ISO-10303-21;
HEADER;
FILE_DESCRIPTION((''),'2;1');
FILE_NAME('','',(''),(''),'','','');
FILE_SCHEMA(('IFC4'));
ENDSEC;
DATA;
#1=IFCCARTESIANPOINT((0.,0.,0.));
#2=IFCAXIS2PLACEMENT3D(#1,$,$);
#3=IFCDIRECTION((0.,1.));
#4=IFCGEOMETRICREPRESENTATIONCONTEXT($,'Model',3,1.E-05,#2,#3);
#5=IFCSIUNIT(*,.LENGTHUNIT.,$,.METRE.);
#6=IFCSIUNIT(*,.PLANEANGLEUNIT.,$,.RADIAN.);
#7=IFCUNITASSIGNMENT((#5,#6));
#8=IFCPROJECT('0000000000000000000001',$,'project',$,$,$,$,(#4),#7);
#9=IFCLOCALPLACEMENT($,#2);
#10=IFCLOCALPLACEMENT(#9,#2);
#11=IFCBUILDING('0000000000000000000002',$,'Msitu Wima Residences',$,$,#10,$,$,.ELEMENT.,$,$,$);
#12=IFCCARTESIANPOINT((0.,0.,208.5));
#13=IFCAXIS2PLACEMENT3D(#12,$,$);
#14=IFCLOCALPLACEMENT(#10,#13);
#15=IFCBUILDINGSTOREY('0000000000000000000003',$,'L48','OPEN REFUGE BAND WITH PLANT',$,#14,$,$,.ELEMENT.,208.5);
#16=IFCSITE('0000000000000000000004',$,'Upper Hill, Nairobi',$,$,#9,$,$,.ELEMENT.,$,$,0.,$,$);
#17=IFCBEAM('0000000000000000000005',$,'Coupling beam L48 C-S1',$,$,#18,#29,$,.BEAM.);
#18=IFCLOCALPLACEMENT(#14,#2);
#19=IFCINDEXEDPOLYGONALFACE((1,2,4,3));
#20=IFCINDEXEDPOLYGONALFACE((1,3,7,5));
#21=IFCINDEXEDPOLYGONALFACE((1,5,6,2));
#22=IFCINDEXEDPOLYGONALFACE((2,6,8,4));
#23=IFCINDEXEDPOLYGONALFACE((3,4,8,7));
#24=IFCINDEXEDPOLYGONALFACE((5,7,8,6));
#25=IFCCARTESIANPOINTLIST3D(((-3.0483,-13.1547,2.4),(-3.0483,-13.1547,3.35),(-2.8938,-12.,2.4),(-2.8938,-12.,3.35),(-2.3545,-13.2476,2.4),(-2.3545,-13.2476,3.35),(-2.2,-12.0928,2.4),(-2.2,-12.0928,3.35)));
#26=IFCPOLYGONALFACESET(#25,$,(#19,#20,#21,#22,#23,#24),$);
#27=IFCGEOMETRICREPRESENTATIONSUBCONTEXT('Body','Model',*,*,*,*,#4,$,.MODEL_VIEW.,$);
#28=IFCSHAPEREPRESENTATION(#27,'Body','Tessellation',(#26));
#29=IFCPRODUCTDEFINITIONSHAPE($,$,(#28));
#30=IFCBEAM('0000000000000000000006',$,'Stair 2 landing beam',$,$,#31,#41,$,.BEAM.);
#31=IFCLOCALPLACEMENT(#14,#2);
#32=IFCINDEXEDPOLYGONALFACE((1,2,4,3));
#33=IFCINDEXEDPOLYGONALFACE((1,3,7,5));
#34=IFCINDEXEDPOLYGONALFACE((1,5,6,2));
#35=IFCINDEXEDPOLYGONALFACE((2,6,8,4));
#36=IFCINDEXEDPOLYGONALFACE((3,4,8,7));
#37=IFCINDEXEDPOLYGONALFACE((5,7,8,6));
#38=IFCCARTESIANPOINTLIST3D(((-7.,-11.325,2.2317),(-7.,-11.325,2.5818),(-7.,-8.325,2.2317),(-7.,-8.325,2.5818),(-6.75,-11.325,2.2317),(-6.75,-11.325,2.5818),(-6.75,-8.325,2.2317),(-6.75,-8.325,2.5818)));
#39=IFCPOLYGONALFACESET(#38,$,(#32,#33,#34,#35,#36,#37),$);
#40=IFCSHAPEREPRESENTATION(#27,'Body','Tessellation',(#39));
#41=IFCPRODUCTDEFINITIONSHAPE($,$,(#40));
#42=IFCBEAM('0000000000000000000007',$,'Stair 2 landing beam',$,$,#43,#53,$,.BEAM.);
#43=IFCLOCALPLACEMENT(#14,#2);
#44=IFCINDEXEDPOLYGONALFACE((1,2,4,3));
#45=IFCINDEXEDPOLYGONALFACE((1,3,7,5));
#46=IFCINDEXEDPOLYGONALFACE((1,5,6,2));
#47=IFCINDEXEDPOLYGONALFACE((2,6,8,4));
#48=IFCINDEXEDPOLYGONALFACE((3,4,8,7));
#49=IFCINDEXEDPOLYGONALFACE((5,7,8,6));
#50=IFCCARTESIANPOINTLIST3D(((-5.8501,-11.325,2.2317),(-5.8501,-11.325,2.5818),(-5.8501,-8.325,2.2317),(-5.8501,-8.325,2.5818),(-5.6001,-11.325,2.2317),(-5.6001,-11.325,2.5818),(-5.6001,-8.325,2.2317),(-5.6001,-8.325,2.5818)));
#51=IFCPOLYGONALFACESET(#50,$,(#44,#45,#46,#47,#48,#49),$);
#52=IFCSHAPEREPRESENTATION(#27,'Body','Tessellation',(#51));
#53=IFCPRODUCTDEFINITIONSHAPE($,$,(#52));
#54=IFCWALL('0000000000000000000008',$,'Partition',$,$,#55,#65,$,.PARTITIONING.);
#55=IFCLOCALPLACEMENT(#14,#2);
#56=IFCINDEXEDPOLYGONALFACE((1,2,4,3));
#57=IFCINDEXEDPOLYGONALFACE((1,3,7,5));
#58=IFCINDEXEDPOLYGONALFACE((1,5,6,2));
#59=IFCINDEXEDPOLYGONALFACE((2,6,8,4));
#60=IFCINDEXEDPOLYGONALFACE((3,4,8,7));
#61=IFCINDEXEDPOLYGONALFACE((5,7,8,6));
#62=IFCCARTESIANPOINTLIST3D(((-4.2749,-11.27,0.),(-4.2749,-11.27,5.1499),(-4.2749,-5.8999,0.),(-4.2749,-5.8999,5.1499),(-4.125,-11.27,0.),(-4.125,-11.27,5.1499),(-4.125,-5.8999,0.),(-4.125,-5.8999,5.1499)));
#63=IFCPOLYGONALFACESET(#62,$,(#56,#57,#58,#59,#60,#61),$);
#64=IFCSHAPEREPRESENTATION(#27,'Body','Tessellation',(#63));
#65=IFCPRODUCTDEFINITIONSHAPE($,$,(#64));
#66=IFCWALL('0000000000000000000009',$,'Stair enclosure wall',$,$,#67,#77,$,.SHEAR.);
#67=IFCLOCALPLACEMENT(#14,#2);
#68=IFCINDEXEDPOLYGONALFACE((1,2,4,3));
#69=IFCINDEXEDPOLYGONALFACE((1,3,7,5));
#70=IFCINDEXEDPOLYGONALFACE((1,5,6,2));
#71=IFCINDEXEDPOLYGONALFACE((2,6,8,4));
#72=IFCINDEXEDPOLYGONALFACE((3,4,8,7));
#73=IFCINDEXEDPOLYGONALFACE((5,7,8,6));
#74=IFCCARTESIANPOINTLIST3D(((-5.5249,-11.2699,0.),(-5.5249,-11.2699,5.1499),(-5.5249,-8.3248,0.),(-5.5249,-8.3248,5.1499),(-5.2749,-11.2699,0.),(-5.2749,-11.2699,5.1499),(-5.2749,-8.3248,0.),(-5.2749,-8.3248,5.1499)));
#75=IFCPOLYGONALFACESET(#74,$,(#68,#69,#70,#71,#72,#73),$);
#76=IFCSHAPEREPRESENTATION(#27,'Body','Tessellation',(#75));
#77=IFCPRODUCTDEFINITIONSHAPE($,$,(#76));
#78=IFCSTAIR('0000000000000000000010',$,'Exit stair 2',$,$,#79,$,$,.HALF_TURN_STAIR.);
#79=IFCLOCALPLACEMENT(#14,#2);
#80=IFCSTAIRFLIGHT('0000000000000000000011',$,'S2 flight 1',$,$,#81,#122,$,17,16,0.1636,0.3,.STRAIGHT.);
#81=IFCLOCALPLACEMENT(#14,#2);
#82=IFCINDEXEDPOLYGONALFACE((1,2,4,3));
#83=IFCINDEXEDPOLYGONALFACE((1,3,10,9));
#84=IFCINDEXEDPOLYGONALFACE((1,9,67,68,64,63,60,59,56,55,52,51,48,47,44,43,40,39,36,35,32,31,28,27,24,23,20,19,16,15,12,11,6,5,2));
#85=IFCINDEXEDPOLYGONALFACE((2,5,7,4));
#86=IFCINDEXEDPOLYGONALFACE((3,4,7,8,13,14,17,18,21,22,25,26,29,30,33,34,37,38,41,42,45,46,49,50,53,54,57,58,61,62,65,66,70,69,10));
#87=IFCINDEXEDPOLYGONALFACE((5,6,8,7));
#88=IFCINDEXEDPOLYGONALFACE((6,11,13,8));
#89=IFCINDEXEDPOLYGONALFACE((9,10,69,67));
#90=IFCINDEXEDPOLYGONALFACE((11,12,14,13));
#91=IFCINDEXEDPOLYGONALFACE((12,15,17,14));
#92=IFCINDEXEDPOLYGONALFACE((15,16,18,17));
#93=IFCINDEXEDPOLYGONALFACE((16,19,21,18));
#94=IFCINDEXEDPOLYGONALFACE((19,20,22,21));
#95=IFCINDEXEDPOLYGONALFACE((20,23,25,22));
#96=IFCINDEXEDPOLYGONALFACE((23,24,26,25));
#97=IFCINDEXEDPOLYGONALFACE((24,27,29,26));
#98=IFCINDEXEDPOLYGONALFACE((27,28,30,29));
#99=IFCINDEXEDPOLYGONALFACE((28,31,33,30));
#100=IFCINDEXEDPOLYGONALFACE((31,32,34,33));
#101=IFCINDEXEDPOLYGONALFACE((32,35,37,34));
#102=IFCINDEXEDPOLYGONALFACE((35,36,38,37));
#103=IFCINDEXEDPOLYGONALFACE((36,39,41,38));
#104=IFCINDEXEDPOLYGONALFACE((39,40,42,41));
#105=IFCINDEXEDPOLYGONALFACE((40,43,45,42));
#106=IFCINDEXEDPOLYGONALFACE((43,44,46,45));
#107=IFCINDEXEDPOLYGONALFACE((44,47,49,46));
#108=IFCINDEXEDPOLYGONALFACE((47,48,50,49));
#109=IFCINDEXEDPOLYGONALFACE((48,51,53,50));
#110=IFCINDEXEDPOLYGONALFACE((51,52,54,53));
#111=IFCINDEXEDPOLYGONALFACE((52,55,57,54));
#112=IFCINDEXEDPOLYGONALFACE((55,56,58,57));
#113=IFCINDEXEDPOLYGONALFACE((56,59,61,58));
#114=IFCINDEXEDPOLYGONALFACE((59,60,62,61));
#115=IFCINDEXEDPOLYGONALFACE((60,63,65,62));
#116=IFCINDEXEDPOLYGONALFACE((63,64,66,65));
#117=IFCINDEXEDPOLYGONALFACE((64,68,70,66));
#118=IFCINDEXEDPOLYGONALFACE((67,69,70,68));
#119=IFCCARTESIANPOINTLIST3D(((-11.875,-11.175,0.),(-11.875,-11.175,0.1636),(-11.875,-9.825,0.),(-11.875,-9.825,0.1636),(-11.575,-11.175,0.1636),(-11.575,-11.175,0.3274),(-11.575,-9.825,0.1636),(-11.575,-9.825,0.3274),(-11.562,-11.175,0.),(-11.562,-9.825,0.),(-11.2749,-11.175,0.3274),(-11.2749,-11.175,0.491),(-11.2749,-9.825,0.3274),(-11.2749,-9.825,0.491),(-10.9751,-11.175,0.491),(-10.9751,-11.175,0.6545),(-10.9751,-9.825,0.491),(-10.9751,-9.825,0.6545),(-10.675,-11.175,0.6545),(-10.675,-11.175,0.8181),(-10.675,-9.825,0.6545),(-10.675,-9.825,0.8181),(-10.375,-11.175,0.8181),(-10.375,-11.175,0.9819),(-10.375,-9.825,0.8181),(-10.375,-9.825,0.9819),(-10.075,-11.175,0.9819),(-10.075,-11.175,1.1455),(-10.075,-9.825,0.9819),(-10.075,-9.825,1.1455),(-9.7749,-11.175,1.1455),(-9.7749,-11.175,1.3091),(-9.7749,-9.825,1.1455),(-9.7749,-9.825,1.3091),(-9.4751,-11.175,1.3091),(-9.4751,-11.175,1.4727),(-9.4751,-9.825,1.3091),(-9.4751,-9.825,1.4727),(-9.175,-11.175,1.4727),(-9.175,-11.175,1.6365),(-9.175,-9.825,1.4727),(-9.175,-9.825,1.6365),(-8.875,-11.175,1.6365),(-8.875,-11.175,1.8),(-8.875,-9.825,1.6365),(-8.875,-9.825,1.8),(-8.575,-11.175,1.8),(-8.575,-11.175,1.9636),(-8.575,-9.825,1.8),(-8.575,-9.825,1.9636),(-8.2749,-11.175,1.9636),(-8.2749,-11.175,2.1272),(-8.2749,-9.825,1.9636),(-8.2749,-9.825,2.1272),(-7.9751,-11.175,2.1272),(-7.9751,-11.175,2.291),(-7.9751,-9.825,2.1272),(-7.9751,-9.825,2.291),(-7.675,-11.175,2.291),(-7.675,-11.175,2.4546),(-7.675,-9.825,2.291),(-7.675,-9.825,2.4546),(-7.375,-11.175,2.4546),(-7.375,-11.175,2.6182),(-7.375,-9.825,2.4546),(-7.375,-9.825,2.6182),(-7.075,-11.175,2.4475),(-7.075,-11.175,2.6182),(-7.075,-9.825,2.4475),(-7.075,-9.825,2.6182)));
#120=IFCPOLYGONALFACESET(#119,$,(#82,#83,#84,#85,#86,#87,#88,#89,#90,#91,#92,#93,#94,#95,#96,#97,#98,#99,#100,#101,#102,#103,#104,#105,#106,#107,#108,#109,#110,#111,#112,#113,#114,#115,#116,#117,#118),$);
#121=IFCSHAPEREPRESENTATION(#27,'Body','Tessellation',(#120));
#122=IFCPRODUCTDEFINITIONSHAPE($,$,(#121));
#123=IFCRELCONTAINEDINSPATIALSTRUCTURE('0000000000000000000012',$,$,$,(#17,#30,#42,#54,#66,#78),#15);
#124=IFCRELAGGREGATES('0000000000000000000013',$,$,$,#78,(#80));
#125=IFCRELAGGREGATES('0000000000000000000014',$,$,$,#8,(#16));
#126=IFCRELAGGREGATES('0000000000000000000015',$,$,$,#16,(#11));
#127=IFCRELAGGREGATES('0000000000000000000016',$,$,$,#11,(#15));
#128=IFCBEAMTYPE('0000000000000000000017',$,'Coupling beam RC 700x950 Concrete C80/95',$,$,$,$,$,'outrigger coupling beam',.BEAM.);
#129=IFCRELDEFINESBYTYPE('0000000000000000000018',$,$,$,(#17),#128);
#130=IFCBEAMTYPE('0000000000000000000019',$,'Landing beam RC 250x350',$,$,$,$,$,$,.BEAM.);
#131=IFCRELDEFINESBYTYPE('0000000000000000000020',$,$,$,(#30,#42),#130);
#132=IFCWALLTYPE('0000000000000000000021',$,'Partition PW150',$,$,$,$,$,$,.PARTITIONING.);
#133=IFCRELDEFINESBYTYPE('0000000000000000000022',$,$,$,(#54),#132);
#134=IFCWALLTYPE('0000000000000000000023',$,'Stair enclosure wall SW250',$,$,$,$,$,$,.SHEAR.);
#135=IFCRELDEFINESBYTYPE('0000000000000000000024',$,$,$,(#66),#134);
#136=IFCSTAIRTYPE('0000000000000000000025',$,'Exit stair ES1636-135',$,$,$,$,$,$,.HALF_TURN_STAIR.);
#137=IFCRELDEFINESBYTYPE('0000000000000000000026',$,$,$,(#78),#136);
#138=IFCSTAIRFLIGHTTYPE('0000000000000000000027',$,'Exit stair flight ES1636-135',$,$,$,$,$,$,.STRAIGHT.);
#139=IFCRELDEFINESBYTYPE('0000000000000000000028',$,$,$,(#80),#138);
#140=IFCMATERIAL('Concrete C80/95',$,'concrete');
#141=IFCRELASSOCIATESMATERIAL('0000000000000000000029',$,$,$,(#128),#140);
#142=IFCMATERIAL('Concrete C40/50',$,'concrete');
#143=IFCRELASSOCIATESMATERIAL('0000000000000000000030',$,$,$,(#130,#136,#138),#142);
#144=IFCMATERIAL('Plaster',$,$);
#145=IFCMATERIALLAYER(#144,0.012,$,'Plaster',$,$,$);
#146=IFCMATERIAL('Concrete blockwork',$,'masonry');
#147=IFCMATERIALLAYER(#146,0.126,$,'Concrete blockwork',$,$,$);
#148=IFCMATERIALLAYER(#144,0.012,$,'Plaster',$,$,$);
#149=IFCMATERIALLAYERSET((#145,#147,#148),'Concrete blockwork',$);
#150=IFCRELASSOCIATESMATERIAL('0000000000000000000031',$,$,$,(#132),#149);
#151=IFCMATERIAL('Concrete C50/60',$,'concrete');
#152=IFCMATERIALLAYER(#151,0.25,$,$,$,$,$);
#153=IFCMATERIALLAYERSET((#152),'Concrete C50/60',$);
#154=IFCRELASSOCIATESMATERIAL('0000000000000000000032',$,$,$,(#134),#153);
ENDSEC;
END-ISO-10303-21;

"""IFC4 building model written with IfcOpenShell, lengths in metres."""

from ifc_helpers import new_model, si_unit, direction, frame, frame_2d, origin, origin_2d, place, context, subcontext, project, spatial, polyline, rectangle, outline, extrude, material, layer, layer_set, material_profile, profile_set, type_object, element, aggregate, save


model = new_model("IFC4")

# Units and contexts
model_context = context("Model", 3, precision=1e-05, world=origin(), true_north=direction((0.0, 1.0)))
body_context = subcontext(model_context, "Body", "Model", "MODEL_VIEW")
ifc_project = project(units=[si_unit("LENGTHUNIT", "METRE"), si_unit("PLANEANGLEUNIT", "RADIAN")], contexts=[model_context])

# Site, building, storey
site_placement = place(None, origin())
site = spatial("IfcSite", under=ifc_project, at=site_placement, Name="Upper Hill, Nairobi", CompositionType="ELEMENT", RefElevation=0.0)
building_placement = place(site_placement, origin())
building = spatial("IfcBuilding", under=site, at=building_placement, Name="Msitu Wima Residences", CompositionType="ELEMENT")
storey_placement = place(building_placement, frame((0.0, 0.0, 208.5)))
storey = spatial("IfcBuildingStorey", under=building, at=storey_placement, Name="L48", Description="OPEN REFUGE BAND WITH PLANT", CompositionType="ELEMENT", Elevation=208.5)

# Beams
ifc_material_1 = material(Name="Concrete C80/95", Category="concrete")
ifc_material_profile_1 = material_profile(ifc_material_1, rectangle(XDim=0.7, YDim=0.95, at=origin_2d()), Name="RC 700x950")
ifc_profile_set_1 = profile_set([ifc_material_profile_1], Name="Concrete C80/95")
beam_type_1 = type_object("IfcBeamType", Name="Coupling beam RC 700x950 Concrete C80/95", ElementType="outrigger coupling beam", PredefinedType="BEAM", material=ifc_profile_set_1)
beam_placement = place(storey_placement, frame((-2.5469, -12.0464, 2.875), z_axis=(-0.132644, -0.991164, 0.0), x_axis=(0.991164, -0.132644, 0.0)))
element("IfcBeam", 1, at=beam_placement, inside=storey, type_object=beam_type_1, Name="Coupling beam L48 C-S1", PredefinedType="BEAM", context=body_context, shape_type="SweptSolid", body=[
    extrude(rectangle(XDim=0.7, YDim=0.95, at=origin_2d()), origin(), (0.0, 0.0, 1.0), 1.165),
])
ifc_material_2 = material(Name="Concrete C40/50", Category="concrete")
ifc_material_profile_2 = material_profile(ifc_material_2, rectangle(XDim=0.25, YDim=0.3501, at=origin_2d()), Name="RC 250x350")
ifc_profile_set_2 = profile_set([ifc_material_profile_2], Name="Concrete C40/50")
beam_type_2 = type_object("IfcBeamType", Name="Landing beam RC 250x350", PredefinedType="BEAM", material=ifc_profile_set_2)
for number, where, z_axis, x_axis, name in (
    (2, (-6.875, -11.325, 2.4067), (0.0, 1.0, 0.0), (-1.0, 0.0, 0.0), "Stair 2 landing beam"),
    (3, (-5.7251, -11.325, 2.4067), (0.0, 1.0, 0.0), (-1.0, 0.0, 0.0), "Stair 2 landing beam"),
):
    element("IfcBeam", number, at=place(storey_placement, frame(where, z_axis=z_axis, x_axis=x_axis)), inside=storey, type_object=beam_type_2, Name=name, PredefinedType="BEAM", context=body_context, shape_type="SweptSolid", body=[
        extrude(rectangle(XDim=0.25, YDim=0.3501, at=origin_2d()), origin(), (0.0, 0.0, 1.0), 3.0),
    ])

# Walls
ifc_material_3 = material(Name="Plaster")
ifc_layer_1 = layer(ifc_material_3, 0.012, Name="Plaster")
ifc_material_4 = material(Name="Concrete blockwork", Category="masonry")
ifc_layer_2 = layer(ifc_material_4, 0.126, Name="Concrete blockwork")
ifc_layer_3 = layer(ifc_material_3, 0.012, Name="Plaster")
ifc_layer_set_1 = layer_set([ifc_layer_1, ifc_layer_2, ifc_layer_3], Name="Concrete blockwork")
wall_type_1 = type_object("IfcWallType", Name="Partition PW150", PredefinedType="PARTITIONING", material=ifc_layer_set_1)
wall_1_placement = place(storey_placement, frame((-4.2, -11.27, 0.0), z_axis=(0.0, 0.0, 1.0), x_axis=(0.0, 1.0, 0.0)))
element("IfcWall", 4, at=wall_1_placement, inside=storey, type_object=wall_type_1, Name="Partition", PredefinedType="PARTITIONING", context=body_context, shape_type="SweptSolid", body=[
    extrude(rectangle(XDim=5.3701, YDim=0.1499, at=frame_2d((2.6851, 0.0))), origin(), (0.0, 0.0, 1.0), 5.1499),
])
ifc_material_5 = material(Name="Concrete C50/60", Category="concrete")
ifc_layer_4 = layer(ifc_material_5, 0.25)
ifc_layer_set_2 = layer_set([ifc_layer_4], Name="Concrete C50/60")
wall_type_2 = type_object("IfcWallType", Name="Stair enclosure wall SW250", PredefinedType="SHEAR", material=ifc_layer_set_2)
wall_2_placement = place(storey_placement, frame((-5.3999, -11.27, 0.0), z_axis=(0.0, 0.0, 1.0), x_axis=(0.0, 1.0, 0.0)))
element("IfcWall", 5, at=wall_2_placement, inside=storey, type_object=wall_type_2, Name="Stair enclosure wall", PredefinedType="SHEAR", context=body_context, shape_type="SweptSolid", body=[
    extrude(rectangle(XDim=2.9451, YDim=0.25, at=frame_2d((1.4727, 0.0))), origin(), (0.0, 0.0, 1.0), 5.1499),
])

# Stair, stair flight
stair_type = type_object("IfcStairType", Name="Exit stair ES1636-135", PredefinedType="HALF_TURN_STAIR", material=ifc_material_2)
stair_placement = place(storey_placement, origin())
stair = element("IfcStair", 6, at=stair_placement, inside=storey, type_object=stair_type, Name="Exit stair 2", PredefinedType="HALF_TURN_STAIR")
stair_flight_type = type_object("IfcStairFlightType", Name="Exit stair flight ES1636-135", PredefinedType="STRAIGHT", material=ifc_material_2)
stair_flight_placement = place(storey_placement, frame((-11.875, -10.5, 0.0), z_axis=(0.0, 0.0, 1.0), x_axis=(1.0, 0.0, 0.0)))
stair_flight = element("IfcStairFlight", 7, at=stair_flight_placement, type_object=stair_flight_type, Name="S2 flight 1", NumberOfRisers=17, NumberOfTreads=16, PredefinedType="STRAIGHT", RiserHeight=0.1636, TreadLength=0.3, context=body_context, shape_type="SweptSolid", body=[
    extrude(outline(polyline([(0.0, 0.0), (0.0, 0.1636), (0.3, 0.1636), (0.3, 0.3274), (0.6001, 0.3274), (0.6001, 0.491), (0.8999, 0.491), (0.8999, 0.6545), (1.2, 0.6545), (1.2, 0.8181), (1.5, 0.8181), (1.5, 0.9819), (1.8, 0.9819), (1.8, 1.1455), (2.1001, 1.1455), (2.1001, 1.3091), (2.3999, 1.3091), (2.3999, 1.4727), (2.7, 1.4727), (2.7, 1.6365), (3.0, 1.6365), (3.0, 1.8), (3.3, 1.8), (3.3, 1.9636), (3.6001, 1.9636), (3.6001, 2.1272), (3.8999, 2.1272), (3.8999, 2.291), (4.2, 2.291), (4.2, 2.4546), (4.5, 2.4546), (4.5, 2.6182), (4.8, 2.6182), (4.8, 2.7817), (4.8, 2.4475), (0.313, 0.0), (0.0, 0.0)])), frame((0.0, 0.675, 0.0), z_axis=(0.0, -1.0, 0.0), x_axis=(1.0, 0.0, 0.0)), (0.0, 0.0, 1.0), 1.3501),
])
aggregate(stair, [stair_flight])

save(model, "model.ifc")
